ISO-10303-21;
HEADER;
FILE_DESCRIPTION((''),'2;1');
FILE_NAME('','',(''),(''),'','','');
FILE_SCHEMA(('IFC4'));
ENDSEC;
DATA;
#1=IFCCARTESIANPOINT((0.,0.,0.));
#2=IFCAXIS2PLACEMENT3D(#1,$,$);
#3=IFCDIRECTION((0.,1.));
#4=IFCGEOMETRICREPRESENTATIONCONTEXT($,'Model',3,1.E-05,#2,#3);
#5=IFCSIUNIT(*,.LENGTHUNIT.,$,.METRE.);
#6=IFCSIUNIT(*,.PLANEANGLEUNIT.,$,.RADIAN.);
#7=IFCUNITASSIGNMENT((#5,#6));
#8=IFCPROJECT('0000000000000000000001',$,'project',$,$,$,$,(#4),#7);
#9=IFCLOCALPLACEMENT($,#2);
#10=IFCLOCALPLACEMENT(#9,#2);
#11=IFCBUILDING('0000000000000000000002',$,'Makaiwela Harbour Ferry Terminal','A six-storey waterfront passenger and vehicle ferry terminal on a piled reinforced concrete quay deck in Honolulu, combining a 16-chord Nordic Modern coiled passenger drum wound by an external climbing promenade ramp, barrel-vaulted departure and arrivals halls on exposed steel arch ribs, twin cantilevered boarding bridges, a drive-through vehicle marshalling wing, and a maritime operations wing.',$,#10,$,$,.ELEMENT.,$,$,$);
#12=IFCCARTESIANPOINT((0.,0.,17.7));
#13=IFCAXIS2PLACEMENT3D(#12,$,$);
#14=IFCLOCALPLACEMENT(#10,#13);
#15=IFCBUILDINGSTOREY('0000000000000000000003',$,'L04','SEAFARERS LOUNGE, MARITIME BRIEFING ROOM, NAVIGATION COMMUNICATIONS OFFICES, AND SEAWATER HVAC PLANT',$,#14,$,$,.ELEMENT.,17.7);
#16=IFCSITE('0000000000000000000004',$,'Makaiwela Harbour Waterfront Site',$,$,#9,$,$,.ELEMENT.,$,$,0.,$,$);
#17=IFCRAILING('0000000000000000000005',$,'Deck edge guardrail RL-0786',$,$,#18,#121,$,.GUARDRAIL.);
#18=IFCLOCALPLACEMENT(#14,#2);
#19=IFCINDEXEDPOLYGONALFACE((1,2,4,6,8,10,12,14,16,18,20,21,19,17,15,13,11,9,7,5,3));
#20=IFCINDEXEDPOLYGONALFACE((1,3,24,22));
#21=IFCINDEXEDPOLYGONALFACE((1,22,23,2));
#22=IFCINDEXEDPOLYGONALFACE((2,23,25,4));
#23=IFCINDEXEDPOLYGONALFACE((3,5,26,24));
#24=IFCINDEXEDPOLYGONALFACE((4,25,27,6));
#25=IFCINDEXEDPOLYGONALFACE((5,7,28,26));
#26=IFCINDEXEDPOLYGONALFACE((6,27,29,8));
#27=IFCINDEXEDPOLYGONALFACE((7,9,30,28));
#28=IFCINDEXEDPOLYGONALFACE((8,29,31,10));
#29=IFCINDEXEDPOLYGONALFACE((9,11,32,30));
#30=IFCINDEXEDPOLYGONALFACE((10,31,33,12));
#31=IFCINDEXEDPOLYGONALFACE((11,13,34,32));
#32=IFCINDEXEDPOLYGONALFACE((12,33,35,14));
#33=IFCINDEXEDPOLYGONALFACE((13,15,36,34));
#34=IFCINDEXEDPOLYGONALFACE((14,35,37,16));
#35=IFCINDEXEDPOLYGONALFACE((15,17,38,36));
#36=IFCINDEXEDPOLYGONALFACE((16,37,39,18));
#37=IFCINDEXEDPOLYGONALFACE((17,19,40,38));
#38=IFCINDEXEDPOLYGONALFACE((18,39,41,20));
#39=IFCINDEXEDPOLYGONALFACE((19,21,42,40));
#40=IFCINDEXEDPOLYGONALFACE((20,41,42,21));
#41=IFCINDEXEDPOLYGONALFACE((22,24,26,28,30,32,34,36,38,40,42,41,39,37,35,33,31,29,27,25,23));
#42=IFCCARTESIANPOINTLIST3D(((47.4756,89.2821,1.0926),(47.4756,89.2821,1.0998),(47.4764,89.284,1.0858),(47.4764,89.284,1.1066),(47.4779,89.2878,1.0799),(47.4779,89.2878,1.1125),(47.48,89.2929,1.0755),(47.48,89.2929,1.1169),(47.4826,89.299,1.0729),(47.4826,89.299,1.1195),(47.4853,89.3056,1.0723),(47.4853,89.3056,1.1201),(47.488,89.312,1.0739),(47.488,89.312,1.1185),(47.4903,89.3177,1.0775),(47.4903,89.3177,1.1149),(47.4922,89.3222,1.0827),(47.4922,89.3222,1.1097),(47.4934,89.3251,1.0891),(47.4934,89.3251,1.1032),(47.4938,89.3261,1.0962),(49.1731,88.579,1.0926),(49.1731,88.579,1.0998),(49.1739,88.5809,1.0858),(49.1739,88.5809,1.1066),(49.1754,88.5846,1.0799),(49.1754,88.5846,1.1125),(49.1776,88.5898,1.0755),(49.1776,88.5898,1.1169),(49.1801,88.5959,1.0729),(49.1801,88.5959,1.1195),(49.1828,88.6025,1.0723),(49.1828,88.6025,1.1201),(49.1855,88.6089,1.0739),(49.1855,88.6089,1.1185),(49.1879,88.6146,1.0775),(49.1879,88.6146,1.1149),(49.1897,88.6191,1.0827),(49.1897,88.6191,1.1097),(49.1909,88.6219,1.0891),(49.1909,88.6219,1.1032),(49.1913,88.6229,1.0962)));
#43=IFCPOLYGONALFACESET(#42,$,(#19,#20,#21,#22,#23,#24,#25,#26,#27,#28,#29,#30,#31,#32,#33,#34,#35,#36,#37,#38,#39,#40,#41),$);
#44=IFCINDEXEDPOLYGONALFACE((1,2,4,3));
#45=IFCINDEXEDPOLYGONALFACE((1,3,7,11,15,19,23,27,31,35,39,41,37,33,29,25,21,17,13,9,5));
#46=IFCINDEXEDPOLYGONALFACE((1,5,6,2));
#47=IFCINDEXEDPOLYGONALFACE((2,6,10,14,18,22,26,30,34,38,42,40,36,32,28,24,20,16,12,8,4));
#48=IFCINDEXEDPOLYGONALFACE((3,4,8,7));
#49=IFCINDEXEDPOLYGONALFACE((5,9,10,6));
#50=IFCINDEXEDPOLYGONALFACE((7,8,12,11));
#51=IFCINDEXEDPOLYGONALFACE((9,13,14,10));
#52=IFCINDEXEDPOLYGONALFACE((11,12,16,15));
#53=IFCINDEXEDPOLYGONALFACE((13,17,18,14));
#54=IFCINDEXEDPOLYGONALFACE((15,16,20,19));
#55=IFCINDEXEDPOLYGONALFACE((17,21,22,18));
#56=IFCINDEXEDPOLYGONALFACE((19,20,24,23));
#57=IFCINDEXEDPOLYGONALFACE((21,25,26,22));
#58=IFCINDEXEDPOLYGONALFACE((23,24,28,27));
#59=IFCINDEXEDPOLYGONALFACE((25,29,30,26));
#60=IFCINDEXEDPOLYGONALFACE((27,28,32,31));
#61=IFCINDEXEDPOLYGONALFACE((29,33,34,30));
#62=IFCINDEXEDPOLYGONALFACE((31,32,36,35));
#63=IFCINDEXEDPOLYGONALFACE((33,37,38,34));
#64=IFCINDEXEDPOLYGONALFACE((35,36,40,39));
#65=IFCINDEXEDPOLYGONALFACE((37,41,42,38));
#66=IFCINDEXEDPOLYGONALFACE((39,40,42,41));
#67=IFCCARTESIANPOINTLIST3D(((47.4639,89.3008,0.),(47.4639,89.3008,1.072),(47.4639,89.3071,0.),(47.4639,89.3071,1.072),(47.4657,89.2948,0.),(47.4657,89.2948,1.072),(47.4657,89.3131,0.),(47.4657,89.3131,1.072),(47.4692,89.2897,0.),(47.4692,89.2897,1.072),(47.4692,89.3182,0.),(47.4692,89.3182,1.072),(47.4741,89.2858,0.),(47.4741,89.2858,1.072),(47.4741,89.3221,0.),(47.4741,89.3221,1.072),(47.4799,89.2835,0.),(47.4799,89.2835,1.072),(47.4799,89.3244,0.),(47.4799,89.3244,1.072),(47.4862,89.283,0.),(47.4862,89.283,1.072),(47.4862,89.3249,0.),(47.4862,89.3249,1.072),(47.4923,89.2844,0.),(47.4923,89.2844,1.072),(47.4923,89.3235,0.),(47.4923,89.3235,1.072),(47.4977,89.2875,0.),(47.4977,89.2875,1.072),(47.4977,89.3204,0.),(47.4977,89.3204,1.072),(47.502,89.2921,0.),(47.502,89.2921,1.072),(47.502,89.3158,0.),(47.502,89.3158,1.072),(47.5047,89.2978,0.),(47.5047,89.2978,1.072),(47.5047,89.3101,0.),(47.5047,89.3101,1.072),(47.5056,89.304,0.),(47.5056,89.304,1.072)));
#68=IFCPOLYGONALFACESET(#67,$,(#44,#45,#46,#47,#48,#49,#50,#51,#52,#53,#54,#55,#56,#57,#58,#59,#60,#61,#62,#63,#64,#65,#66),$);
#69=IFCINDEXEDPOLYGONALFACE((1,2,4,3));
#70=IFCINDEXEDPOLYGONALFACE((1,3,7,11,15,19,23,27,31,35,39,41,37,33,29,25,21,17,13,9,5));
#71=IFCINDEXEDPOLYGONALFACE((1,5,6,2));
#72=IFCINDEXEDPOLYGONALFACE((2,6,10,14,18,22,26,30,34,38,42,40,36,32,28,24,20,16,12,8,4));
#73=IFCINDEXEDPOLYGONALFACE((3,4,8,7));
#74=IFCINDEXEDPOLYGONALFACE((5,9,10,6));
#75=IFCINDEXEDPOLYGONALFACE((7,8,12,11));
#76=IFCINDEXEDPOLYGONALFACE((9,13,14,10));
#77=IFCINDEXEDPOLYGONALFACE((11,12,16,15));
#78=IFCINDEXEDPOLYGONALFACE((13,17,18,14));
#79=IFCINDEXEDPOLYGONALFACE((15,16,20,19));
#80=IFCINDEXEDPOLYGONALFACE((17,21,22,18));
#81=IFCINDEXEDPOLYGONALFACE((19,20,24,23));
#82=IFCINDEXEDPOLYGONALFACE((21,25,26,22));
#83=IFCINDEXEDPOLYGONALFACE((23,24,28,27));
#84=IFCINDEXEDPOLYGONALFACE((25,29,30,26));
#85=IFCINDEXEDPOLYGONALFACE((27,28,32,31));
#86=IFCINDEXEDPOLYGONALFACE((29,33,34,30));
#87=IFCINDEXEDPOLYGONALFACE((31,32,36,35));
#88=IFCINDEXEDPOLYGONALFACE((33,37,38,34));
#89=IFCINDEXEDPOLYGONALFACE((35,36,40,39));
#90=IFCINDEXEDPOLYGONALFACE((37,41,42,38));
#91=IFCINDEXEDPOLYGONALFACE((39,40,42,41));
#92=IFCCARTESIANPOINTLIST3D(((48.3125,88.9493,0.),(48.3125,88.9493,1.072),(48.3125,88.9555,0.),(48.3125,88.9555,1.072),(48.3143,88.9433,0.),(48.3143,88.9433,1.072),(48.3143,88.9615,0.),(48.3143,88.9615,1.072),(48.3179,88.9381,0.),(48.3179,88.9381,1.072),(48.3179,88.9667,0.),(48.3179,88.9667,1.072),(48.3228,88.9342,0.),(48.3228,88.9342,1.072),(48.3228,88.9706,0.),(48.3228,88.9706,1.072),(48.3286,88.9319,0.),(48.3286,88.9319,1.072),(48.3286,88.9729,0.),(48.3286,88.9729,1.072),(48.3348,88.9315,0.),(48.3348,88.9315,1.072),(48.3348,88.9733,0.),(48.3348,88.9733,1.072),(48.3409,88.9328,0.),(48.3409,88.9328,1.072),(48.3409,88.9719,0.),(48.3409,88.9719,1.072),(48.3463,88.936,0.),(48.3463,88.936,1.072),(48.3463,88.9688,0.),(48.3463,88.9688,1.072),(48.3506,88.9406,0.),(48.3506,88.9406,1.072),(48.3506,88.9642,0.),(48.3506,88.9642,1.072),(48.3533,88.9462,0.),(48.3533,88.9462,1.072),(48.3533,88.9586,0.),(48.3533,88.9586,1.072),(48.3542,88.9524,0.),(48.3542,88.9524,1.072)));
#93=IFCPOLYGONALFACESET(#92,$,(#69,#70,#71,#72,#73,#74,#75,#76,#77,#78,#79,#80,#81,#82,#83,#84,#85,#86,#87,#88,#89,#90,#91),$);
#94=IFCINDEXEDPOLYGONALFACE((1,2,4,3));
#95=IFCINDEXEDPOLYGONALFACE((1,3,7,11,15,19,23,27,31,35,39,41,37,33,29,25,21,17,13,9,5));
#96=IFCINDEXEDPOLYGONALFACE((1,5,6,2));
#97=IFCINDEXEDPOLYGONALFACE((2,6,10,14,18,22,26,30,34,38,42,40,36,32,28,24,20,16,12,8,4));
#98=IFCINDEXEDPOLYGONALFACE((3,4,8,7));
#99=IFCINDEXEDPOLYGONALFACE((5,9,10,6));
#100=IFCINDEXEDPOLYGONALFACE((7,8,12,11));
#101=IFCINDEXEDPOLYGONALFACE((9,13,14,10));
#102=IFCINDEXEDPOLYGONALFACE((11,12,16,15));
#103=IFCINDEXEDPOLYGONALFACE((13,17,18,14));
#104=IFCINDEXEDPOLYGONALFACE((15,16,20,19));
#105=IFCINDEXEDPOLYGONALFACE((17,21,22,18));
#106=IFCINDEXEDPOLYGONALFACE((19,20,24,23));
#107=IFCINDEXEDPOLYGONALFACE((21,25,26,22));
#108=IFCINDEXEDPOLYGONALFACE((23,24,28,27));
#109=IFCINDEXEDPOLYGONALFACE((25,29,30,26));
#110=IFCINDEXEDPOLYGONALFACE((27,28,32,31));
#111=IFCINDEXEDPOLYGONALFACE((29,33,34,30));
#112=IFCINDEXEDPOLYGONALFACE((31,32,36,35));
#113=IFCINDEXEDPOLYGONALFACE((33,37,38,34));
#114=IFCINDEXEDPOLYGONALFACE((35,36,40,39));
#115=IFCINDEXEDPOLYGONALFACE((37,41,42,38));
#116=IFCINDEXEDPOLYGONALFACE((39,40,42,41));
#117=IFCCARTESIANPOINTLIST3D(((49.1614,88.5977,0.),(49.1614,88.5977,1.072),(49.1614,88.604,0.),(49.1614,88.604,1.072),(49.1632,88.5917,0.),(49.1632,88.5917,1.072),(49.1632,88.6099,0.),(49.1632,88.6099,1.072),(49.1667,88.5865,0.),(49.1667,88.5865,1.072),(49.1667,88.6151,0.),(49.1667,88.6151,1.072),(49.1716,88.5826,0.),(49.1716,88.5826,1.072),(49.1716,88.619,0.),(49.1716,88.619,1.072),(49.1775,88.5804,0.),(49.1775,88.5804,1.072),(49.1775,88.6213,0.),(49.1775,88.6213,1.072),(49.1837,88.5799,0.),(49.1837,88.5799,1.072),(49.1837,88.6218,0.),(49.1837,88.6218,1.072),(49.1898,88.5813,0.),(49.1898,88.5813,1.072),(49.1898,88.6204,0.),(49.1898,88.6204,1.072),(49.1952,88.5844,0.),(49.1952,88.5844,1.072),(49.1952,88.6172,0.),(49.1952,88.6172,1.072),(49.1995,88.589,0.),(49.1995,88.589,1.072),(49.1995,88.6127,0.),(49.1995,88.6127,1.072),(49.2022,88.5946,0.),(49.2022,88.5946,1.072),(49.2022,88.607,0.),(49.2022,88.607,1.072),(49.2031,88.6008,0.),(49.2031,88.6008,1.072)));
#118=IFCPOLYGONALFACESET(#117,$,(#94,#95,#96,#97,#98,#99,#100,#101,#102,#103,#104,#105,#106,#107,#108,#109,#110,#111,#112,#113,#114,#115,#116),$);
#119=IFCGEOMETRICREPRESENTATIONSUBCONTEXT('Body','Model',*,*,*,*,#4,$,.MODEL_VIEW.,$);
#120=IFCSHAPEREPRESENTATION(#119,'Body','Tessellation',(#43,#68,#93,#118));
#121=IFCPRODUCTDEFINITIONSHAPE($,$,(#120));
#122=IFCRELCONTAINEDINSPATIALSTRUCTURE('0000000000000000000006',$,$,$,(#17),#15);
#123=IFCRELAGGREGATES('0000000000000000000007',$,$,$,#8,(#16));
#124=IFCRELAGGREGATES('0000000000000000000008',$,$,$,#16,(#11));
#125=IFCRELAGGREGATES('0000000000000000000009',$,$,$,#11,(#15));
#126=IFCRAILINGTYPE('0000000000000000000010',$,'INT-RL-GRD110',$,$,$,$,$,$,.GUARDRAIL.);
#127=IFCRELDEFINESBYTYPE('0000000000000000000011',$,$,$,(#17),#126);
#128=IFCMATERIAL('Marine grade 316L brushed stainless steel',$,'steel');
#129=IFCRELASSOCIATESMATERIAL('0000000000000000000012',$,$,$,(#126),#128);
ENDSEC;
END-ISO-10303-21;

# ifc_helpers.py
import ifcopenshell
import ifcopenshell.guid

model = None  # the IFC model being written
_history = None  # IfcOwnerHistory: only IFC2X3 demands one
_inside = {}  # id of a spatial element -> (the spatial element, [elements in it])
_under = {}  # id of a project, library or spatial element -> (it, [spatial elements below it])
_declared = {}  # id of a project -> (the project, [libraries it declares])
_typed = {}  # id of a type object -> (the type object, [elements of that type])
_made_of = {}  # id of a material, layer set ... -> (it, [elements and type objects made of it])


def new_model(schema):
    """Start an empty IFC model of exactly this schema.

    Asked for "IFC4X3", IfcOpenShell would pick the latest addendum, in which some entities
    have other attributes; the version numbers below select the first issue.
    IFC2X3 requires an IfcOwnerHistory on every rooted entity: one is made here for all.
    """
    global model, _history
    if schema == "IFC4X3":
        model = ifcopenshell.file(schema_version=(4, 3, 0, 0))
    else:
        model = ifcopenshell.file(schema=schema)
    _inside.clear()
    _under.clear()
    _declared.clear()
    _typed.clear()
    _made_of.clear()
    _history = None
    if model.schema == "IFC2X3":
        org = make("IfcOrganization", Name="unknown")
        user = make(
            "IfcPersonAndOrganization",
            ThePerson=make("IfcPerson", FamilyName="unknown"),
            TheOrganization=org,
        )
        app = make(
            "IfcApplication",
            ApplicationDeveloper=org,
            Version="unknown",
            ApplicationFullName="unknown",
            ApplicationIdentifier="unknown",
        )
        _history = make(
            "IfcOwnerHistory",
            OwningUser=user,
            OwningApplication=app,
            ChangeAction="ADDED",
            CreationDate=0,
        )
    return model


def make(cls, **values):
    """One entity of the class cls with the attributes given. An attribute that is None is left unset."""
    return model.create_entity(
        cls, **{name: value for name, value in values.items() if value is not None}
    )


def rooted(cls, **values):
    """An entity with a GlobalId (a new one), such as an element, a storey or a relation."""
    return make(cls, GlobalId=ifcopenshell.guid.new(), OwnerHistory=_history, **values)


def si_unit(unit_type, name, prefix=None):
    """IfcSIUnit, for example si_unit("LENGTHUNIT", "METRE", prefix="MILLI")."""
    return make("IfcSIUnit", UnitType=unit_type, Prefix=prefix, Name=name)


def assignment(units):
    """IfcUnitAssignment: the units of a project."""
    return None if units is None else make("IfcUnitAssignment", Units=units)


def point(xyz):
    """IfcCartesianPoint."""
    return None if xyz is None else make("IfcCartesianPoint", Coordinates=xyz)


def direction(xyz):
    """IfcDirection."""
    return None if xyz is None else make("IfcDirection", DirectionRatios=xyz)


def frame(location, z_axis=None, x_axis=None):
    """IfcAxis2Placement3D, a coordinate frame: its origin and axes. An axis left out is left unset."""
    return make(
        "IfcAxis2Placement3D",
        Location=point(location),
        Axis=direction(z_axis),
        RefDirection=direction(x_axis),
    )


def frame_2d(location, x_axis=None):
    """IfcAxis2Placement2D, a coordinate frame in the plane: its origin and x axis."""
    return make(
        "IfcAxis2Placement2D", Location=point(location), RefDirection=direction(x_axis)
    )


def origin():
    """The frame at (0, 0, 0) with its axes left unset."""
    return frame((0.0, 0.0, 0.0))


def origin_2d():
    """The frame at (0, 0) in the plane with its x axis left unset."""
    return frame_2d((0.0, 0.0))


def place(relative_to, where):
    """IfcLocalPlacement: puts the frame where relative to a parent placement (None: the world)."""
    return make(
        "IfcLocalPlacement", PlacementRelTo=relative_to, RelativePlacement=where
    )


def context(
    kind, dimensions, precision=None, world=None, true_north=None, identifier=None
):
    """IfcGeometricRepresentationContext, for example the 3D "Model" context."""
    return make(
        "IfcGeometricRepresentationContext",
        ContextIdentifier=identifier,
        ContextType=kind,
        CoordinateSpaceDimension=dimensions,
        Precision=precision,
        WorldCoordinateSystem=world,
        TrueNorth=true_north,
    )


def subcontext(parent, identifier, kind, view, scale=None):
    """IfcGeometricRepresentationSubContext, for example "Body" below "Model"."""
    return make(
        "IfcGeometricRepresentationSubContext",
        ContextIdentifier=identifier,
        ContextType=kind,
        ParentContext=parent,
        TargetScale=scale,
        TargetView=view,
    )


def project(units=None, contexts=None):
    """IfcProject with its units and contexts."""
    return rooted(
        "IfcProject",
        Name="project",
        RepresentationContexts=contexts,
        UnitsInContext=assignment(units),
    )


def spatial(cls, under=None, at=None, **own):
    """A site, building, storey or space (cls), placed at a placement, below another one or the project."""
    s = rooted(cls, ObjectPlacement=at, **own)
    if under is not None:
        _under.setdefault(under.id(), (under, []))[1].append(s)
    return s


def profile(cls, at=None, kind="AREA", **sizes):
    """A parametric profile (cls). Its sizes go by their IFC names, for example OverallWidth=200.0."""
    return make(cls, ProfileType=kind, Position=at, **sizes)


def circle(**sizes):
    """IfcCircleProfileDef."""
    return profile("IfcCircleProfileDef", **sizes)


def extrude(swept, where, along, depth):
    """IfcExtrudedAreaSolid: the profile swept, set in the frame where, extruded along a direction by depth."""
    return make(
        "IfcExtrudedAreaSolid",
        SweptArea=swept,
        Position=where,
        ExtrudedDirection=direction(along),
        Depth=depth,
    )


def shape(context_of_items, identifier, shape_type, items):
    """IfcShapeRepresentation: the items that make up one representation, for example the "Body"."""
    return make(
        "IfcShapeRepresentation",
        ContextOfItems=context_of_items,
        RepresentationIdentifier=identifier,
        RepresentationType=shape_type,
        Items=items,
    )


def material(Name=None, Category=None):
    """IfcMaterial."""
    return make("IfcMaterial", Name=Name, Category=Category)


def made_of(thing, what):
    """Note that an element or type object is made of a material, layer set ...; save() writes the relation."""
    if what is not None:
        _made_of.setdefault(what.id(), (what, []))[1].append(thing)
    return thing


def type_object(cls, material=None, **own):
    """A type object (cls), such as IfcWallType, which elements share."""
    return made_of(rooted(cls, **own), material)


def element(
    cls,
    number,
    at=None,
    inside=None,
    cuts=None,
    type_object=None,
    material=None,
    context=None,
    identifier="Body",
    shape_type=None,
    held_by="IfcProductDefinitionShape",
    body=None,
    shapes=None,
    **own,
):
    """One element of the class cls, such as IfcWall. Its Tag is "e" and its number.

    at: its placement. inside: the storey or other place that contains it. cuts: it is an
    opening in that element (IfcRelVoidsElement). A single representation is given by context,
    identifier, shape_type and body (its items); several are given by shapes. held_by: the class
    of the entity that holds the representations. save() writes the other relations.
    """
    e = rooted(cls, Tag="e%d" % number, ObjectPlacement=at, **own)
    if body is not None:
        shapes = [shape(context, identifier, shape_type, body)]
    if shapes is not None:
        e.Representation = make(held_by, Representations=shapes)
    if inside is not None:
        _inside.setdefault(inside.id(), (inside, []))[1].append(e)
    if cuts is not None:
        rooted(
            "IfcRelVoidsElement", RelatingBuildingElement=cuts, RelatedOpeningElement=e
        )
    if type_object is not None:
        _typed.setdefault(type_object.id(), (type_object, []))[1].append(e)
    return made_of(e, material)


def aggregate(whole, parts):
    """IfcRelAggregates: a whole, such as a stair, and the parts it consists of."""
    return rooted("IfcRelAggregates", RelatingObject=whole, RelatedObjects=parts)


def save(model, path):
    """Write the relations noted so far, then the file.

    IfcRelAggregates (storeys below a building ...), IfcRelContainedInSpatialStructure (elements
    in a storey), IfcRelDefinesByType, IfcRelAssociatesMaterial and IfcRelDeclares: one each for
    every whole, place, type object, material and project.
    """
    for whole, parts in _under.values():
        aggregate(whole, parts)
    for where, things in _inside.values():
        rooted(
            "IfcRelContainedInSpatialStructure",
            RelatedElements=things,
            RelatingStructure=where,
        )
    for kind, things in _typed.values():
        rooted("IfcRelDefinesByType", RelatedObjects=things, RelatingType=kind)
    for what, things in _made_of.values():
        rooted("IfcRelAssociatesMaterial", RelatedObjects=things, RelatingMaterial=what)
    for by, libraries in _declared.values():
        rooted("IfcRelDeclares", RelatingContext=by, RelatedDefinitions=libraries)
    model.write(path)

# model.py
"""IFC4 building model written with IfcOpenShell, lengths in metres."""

from ifc_helpers import new_model, si_unit, direction, frame, origin, origin_2d, place, context, subcontext, project, spatial, circle, extrude, material, type_object, element, save


model = new_model("IFC4")

# Units and contexts
model_context = context("Model", 3, precision=1e-05, world=origin(), true_north=direction((0.0, 1.0)))
body_context = subcontext(model_context, "Body", "Model", "MODEL_VIEW")
ifc_project = project(units=[si_unit("LENGTHUNIT", "METRE"), si_unit("PLANEANGLEUNIT", "RADIAN")], contexts=[model_context])

# Site, building, storey
site_placement = place(None, origin())
site = spatial("IfcSite", under=ifc_project, at=site_placement, Name="Makaiwela Harbour Waterfront Site", CompositionType="ELEMENT", RefElevation=0.0)
building_placement = place(site_placement, origin())
building = spatial("IfcBuilding", under=site, at=building_placement, Name="Makaiwela Harbour Ferry Terminal", Description="A six-storey waterfront passenger and vehicle ferry terminal on a piled reinforced concrete quay deck in Honolulu, combining a 16-chord Nordic Modern coiled passenger drum wound by an external climbing promenade ramp, barrel-vaulted departure and arrivals halls on exposed steel arch ribs, twin cantilevered boarding bridges, a drive-through vehicle marshalling wing, and a maritime operations wing.", CompositionType="ELEMENT")
storey_placement = place(building_placement, frame((0.0, 0.0, 17.7)))
storey = spatial("IfcBuildingStorey", under=building, at=storey_placement, Name="L04", Description="SEAFARERS LOUNGE, MARITIME BRIEFING ROOM, NAVIGATION COMMUNICATIONS OFFICES, AND SEAWATER HVAC PLANT", CompositionType="ELEMENT", Elevation=17.7)

# Railing
ifc_material_1 = material(Name="Marine grade 316L brushed stainless steel", Category="steel")
railing_type = type_object("IfcRailingType", Name="INT-RL-GRD110", PredefinedType="GUARDRAIL", material=ifc_material_1)
railing_1_placement = place(storey_placement, frame((47.4846, 89.304, 0.0)))
element("IfcRailing", 1, at=railing_1_placement, inside=storey, type_object=railing_type, Name="Deck edge guardrail RL-0786", PredefinedType="GUARDRAIL", context=body_context, shape_type="SweptSolid", body=[
    extrude(circle(Radius=0.0239, at=origin_2d()), frame((0.0, 0.0, 1.0962), z_axis=(0.923881, -0.38268, 0.0), x_axis=(0.38268, 0.923881, 0.0)), (0.0, 0.0, 1.0), 1.8374),
    extrude(circle(Radius=0.021, at=origin_2d()), origin(), (0.0, 0.0, 1.0), 1.072),
    extrude(circle(Radius=0.021, at=origin_2d()), frame((0.8486, -0.3516, 0.0)), (0.0, 0.0, 1.0), 1.072),
    extrude(circle(Radius=0.021, at=origin_2d()), frame((1.6975, -0.7031, 0.0)), (0.0, 0.0, 1.0), 1.072),
])

save(model, "model.ifc")
